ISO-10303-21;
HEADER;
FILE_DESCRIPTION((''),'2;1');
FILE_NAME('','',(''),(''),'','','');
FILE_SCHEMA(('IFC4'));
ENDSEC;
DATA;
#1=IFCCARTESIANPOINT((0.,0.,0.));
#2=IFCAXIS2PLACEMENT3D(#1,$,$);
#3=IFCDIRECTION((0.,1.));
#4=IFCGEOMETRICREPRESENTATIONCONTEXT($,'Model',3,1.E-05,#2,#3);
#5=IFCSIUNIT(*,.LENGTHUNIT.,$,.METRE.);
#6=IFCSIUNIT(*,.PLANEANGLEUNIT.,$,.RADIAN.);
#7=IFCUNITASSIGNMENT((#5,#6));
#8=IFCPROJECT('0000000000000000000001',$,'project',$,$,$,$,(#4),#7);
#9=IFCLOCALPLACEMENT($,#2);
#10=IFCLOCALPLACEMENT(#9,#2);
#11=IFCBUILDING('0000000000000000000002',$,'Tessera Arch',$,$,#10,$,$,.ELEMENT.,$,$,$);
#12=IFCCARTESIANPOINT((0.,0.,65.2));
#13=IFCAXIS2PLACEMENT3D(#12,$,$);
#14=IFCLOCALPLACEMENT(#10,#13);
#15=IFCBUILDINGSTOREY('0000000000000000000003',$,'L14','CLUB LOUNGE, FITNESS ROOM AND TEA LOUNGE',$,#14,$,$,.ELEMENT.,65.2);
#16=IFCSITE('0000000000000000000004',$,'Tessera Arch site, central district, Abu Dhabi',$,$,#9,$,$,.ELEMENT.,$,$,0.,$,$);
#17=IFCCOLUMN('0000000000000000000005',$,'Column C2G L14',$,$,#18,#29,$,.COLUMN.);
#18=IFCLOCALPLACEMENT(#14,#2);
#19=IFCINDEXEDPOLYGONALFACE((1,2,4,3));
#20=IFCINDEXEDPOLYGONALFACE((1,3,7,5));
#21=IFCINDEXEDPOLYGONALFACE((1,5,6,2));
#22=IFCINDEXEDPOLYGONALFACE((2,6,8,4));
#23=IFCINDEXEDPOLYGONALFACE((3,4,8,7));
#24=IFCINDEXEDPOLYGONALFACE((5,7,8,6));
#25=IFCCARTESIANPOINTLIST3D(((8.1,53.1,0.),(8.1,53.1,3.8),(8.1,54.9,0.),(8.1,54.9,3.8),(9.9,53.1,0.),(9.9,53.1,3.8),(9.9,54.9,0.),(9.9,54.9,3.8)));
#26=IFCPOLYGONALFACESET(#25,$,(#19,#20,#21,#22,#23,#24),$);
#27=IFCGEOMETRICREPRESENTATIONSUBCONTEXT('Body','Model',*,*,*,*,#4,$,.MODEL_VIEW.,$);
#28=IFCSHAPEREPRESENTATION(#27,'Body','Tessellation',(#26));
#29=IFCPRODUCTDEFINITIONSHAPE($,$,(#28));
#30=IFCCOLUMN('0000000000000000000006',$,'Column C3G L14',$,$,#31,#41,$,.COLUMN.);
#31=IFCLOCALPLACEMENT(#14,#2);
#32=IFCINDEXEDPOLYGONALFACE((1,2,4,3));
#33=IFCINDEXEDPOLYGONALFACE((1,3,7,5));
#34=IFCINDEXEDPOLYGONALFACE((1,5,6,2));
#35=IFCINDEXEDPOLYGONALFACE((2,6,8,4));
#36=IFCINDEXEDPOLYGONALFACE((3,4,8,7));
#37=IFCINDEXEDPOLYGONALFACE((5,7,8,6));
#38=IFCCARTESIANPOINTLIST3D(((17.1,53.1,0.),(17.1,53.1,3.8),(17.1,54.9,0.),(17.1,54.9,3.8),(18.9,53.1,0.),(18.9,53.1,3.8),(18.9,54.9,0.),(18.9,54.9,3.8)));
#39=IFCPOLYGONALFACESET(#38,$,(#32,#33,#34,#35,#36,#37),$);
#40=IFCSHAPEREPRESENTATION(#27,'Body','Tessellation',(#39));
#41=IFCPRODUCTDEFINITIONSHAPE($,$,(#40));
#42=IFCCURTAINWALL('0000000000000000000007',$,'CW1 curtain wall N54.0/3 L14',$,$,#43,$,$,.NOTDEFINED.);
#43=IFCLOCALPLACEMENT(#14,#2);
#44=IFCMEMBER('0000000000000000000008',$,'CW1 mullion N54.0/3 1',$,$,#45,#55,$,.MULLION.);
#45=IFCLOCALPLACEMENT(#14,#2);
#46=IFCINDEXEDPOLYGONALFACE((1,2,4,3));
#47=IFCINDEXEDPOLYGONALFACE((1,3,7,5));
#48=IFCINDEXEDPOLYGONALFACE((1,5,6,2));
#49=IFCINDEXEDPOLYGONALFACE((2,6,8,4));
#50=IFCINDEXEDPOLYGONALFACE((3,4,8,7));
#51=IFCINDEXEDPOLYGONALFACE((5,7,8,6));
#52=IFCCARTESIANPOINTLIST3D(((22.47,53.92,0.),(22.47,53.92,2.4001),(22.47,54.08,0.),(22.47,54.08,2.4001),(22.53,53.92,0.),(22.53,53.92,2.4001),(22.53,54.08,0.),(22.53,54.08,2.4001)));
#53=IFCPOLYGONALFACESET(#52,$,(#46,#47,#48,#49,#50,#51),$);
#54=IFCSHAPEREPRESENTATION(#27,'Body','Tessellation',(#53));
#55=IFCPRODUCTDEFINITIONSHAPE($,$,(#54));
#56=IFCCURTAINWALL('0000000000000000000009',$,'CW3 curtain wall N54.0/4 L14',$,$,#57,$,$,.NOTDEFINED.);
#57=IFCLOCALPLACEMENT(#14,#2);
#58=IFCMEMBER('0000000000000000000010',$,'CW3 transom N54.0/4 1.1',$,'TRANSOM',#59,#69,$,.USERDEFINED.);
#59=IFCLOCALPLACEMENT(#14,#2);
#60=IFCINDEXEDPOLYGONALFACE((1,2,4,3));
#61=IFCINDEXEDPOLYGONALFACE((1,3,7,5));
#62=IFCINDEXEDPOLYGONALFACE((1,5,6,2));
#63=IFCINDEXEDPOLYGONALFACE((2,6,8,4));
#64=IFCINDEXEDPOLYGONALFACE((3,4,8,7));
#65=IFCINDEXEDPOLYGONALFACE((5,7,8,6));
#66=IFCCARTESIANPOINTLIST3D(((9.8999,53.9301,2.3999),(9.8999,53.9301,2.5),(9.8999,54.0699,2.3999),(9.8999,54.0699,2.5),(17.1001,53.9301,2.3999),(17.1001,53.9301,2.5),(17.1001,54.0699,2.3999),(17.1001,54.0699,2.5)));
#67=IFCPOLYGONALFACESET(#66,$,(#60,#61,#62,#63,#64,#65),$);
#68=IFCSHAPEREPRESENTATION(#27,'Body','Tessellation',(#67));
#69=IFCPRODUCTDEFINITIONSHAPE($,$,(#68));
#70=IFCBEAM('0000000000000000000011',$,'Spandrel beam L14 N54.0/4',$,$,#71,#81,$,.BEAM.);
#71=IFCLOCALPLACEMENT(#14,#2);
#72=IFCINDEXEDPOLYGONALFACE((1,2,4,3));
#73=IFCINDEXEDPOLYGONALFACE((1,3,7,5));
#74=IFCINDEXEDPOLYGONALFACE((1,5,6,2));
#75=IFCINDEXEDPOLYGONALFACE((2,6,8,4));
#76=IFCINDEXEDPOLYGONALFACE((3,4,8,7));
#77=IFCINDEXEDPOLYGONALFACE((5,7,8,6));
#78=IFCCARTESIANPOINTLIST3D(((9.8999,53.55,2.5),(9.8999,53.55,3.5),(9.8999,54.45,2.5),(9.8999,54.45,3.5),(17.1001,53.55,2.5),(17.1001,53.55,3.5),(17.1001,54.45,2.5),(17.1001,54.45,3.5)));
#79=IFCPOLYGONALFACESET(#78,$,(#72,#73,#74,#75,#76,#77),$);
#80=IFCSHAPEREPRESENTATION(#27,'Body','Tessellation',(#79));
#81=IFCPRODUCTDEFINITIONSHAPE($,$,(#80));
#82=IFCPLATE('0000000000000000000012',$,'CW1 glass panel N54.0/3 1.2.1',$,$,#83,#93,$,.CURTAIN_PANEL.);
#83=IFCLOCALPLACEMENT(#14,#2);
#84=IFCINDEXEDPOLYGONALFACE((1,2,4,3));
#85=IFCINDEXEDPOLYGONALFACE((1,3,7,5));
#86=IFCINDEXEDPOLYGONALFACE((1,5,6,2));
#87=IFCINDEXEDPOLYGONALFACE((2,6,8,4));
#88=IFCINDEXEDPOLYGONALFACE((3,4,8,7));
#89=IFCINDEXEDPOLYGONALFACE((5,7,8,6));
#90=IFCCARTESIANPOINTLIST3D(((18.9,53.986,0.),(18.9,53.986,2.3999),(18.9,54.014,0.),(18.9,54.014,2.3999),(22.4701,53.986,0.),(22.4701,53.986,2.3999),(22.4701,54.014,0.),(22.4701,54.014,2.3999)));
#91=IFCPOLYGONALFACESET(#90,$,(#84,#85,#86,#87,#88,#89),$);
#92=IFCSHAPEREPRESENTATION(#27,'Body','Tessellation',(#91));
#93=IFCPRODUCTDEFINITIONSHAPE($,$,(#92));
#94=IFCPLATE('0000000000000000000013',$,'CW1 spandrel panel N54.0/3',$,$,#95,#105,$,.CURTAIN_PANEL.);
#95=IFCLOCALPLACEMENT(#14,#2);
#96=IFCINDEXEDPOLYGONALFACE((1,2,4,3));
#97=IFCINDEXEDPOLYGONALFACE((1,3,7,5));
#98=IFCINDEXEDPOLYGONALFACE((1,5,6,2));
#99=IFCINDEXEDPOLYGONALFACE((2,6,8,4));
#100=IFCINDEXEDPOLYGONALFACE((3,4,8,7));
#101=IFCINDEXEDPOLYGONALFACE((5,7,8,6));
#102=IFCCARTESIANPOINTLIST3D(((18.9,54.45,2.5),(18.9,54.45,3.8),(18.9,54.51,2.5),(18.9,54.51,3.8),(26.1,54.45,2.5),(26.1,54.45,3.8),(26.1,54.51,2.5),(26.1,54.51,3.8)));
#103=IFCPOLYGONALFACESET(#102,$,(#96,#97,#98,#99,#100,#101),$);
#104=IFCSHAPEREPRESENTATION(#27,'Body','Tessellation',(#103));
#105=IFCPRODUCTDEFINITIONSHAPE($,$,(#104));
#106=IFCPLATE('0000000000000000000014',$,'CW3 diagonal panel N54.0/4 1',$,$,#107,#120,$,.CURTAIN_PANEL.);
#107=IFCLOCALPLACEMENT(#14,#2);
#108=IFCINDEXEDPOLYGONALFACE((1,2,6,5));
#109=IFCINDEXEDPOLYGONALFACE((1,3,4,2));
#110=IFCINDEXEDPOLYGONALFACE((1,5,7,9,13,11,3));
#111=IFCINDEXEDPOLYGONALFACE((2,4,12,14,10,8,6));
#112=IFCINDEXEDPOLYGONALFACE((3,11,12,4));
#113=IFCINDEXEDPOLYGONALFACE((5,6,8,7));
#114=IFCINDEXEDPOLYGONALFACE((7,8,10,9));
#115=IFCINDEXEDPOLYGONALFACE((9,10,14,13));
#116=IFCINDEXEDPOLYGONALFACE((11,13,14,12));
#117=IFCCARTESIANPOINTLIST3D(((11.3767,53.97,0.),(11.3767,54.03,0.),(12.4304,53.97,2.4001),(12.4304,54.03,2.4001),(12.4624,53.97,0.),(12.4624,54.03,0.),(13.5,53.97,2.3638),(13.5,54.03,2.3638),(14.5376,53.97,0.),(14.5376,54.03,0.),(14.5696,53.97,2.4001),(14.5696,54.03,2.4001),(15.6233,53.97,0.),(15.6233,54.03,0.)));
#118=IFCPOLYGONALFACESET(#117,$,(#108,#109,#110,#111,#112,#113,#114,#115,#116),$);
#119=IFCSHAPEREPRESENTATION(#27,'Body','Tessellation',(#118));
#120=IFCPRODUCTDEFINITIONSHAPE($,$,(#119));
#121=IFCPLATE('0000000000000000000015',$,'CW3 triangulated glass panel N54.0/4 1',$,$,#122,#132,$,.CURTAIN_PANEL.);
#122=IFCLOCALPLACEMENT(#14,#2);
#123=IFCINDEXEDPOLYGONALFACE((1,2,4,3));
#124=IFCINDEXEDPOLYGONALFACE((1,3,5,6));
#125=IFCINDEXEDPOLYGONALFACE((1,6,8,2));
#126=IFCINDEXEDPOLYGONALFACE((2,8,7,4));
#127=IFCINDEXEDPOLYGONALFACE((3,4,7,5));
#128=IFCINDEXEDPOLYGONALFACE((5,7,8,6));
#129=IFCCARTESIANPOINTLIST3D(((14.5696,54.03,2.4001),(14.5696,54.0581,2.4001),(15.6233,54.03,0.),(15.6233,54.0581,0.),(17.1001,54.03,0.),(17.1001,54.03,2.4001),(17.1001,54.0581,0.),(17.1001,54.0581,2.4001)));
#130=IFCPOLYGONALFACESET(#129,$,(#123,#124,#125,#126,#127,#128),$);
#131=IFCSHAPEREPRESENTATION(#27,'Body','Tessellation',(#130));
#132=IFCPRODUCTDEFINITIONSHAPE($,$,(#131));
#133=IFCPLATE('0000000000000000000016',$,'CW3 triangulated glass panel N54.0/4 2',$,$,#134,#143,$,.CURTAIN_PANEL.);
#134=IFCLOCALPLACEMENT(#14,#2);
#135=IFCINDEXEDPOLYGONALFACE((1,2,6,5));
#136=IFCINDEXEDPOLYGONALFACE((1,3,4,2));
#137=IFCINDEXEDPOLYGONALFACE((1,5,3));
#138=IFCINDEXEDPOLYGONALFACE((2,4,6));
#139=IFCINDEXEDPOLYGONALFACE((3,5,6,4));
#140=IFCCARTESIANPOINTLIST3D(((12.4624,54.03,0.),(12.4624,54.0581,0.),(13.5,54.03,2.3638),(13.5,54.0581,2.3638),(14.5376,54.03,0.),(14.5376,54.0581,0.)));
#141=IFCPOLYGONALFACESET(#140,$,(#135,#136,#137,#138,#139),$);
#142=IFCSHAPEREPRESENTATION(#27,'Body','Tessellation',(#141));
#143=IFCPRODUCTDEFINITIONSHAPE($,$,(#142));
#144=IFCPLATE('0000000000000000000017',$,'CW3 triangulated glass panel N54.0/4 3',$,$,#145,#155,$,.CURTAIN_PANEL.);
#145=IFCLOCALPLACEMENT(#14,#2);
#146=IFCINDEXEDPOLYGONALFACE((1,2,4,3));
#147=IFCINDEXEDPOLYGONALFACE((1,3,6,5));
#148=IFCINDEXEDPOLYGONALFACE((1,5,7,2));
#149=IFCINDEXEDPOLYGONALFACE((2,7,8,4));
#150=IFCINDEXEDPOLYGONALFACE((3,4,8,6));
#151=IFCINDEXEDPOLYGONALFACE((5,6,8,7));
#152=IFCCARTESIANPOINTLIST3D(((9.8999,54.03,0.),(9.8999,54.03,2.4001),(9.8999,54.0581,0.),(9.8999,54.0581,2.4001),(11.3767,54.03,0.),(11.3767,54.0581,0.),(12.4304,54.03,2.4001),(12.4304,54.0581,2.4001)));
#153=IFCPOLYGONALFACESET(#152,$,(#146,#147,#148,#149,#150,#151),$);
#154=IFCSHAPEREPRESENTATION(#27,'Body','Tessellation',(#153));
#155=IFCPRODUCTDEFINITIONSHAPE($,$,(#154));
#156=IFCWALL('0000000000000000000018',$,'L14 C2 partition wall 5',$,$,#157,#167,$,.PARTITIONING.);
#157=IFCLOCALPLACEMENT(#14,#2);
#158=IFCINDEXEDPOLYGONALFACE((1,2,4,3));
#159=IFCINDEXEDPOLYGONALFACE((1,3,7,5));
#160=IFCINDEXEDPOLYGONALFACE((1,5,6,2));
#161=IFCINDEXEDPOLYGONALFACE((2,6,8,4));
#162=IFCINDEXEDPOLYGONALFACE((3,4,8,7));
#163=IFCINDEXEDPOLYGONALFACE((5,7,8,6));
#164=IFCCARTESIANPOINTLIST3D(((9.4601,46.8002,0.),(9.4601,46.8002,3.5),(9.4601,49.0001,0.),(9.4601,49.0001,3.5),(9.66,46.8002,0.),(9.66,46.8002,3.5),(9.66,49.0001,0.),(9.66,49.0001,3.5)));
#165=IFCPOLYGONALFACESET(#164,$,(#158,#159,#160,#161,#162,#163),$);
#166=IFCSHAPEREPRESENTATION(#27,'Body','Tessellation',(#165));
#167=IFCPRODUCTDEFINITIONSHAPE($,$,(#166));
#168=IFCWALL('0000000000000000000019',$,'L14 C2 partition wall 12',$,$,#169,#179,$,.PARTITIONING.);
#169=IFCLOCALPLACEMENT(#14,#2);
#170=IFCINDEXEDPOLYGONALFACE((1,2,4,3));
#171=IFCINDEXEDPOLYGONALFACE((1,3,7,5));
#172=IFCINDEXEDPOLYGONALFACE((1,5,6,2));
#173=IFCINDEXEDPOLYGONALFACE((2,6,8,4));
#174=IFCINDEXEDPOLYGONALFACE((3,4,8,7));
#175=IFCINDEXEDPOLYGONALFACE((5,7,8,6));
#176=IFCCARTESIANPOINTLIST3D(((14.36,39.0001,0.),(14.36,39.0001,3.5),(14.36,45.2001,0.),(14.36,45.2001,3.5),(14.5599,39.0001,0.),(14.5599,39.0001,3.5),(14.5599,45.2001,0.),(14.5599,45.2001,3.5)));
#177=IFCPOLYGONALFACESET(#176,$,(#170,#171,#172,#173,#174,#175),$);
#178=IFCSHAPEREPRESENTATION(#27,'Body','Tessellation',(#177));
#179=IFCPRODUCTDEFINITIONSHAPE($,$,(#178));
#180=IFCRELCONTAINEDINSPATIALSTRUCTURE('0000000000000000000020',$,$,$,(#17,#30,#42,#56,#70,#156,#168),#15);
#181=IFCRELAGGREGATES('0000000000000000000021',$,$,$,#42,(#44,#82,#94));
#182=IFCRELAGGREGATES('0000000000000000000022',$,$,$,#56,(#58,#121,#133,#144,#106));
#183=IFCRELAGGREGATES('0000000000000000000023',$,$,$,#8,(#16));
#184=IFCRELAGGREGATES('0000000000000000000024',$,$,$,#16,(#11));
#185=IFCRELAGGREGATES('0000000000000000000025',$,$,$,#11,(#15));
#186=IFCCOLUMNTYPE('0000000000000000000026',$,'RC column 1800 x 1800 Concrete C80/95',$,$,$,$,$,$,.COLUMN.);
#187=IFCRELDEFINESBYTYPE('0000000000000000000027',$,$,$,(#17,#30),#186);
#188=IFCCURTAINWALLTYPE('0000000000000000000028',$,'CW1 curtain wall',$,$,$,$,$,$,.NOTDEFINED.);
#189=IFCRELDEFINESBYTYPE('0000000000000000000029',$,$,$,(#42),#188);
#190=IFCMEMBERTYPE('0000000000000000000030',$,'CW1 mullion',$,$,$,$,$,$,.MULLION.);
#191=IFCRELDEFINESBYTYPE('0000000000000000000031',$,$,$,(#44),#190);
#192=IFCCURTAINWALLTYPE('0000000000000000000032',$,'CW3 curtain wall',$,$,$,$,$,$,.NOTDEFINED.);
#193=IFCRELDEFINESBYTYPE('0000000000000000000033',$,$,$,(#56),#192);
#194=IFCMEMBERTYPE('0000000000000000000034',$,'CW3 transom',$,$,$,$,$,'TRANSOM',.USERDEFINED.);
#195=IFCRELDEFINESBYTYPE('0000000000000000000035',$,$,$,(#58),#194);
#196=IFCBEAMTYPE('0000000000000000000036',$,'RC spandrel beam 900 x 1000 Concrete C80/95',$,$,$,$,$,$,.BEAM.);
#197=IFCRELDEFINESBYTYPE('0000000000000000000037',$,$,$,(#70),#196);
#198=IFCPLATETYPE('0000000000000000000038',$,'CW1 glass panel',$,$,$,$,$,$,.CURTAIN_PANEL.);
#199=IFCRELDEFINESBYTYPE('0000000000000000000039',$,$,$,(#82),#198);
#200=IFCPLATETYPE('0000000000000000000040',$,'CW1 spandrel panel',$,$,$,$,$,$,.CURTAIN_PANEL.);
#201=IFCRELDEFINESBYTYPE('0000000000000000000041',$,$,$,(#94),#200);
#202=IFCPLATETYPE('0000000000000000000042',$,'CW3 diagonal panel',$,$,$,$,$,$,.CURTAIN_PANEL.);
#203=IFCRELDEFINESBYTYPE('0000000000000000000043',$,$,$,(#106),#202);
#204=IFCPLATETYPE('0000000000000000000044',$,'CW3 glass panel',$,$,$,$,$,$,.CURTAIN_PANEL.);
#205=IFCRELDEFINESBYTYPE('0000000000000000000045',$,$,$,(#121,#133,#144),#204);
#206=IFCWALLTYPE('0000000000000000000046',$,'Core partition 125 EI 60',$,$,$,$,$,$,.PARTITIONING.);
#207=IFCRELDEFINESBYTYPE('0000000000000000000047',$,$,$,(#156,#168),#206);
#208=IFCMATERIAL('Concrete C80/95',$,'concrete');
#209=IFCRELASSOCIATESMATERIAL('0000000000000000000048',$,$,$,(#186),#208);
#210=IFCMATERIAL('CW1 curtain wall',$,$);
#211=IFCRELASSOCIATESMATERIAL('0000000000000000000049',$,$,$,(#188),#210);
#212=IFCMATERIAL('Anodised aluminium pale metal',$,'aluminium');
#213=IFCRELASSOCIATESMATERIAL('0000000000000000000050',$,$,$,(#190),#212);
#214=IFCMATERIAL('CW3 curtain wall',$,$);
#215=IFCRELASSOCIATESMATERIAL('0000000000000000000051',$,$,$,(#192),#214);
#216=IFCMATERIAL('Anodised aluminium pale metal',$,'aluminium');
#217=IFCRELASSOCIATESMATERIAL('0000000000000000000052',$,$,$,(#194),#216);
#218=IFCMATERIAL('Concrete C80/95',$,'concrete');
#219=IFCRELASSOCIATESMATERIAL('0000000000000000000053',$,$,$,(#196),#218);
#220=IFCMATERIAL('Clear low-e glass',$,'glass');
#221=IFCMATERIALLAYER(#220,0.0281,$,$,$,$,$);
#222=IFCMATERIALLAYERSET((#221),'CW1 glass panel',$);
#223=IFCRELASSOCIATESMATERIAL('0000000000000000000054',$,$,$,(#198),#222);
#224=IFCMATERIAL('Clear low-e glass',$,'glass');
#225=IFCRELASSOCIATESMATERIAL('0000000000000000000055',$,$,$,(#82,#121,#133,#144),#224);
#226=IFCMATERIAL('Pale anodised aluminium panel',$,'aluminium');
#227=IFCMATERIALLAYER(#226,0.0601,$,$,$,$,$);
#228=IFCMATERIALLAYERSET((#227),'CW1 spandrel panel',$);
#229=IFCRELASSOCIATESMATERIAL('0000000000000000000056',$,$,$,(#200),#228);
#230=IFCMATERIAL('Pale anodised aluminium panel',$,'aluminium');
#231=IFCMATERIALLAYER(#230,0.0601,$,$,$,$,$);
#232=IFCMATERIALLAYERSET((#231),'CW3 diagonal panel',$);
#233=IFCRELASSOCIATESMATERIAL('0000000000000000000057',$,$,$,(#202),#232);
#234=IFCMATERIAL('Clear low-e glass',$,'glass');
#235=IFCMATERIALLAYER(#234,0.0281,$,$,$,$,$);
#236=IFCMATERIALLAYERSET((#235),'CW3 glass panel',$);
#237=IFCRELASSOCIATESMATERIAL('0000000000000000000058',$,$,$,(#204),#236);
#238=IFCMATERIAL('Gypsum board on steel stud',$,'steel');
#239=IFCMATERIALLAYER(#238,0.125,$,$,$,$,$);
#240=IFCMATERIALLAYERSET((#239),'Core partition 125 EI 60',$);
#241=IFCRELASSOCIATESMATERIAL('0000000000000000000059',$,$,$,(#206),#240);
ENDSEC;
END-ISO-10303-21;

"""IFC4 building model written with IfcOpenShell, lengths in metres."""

from ifc_helpers import new_model, si_unit, direction, frame, frame_2d, origin, origin_2d, place, context, subcontext, project, spatial, polyline, rectangle, outline, extrude, material, layer, layer_set, material_profile, profile_set, type_object, element, aggregate, save


model = new_model("IFC4")

# Units and contexts
model_context = context("Model", 3, precision=1e-05, world=origin(), true_north=direction((0.0, 1.0)))
body_context = subcontext(model_context, "Body", "Model", "MODEL_VIEW")
ifc_project = project(units=[si_unit("LENGTHUNIT", "METRE"), si_unit("PLANEANGLEUNIT", "RADIAN")], contexts=[model_context])

# Site, building, storey
site_placement = place(None, origin())
site = spatial("IfcSite", under=ifc_project, at=site_placement, Name="Tessera Arch site, central district, Abu Dhabi", CompositionType="ELEMENT", RefElevation=0.0)
building_placement = place(site_placement, origin())
building = spatial("IfcBuilding", under=site, at=building_placement, Name="Tessera Arch", CompositionType="ELEMENT")
storey_placement = place(building_placement, frame((0.0, 0.0, 65.2)))
storey = spatial("IfcBuildingStorey", under=building, at=storey_placement, Name="L14", Description="CLUB LOUNGE, FITNESS ROOM AND TEA LOUNGE", CompositionType="ELEMENT", Elevation=65.2)

# Columns
ifc_material_1 = material(Name="Concrete C80/95", Category="concrete")
ifc_material_profile_1 = material_profile(ifc_material_1, rectangle(XDim=1.8, YDim=1.8, at=origin_2d()), Name="RC column 1800 x 1800 Concrete C80/95")
ifc_profile_set_1 = profile_set([ifc_material_profile_1], Name="Concrete C80/95")
column_type = type_object("IfcColumnType", Name="RC column 1800 x 1800 Concrete C80/95", PredefinedType="COLUMN", material=ifc_profile_set_1)
for number, where, z_axis, x_axis, name in (
    (1, (9.0, 54.0, 0.0), (0.0, 0.0, 1.0), (1.0, 0.0, 0.0), "Column C2G L14"),
    (2, (18.0, 54.0, 0.0), (0.0, 0.0, 1.0), (1.0, 0.0, 0.0), "Column C3G L14"),
):
    element("IfcColumn", number, at=place(storey_placement, frame(where, z_axis=z_axis, x_axis=x_axis)), inside=storey, type_object=column_type, Name=name, PredefinedType="COLUMN", context=body_context, shape_type="SweptSolid", body=[
        extrude(rectangle(XDim=1.8, YDim=1.8, at=origin_2d()), origin(), (0.0, 0.0, 1.0), 3.8),
    ])

# Curtain walls, members
ifc_material_2 = material(Name="CW1 curtain wall")
curtain_wall_type_1 = type_object("IfcCurtainWallType", Name="CW1 curtain wall", PredefinedType="NOTDEFINED", material=ifc_material_2)
curtain_wall_1_placement = place(storey_placement, origin())
curtain_wall_1 = element("IfcCurtainWall", 3, at=curtain_wall_1_placement, inside=storey, type_object=curtain_wall_type_1, Name="CW1 curtain wall N54.0/3 L14", PredefinedType="NOTDEFINED")
ifc_material_3 = material(Name="Anodised aluminium pale metal", Category="aluminium")
ifc_material_profile_2 = material_profile(ifc_material_3, rectangle(XDim=0.1599, YDim=0.0601, at=origin_2d()), Name="AL 60x160")
ifc_profile_set_2 = profile_set([ifc_material_profile_2], Name="Anodised aluminium pale metal")
member_type_1 = type_object("IfcMemberType", Name="CW1 mullion", PredefinedType="MULLION", material=ifc_profile_set_2)
member_1_placement = place(storey_placement, frame((22.5, 54.0, 0.0), z_axis=(0.0, 0.0, 1.0), x_axis=(0.0, -1.0, 0.0)))
member_1 = element("IfcMember", 4, at=member_1_placement, type_object=member_type_1, Name="CW1 mullion N54.0/3 1", PredefinedType="MULLION", context=body_context, shape_type="SweptSolid", body=[
    extrude(rectangle(XDim=0.1599, YDim=0.0601, at=origin_2d()), origin(), (0.0, 0.0, 1.0), 2.4001),
])
ifc_material_4 = material(Name="CW3 curtain wall")
curtain_wall_type_2 = type_object("IfcCurtainWallType", Name="CW3 curtain wall", PredefinedType="NOTDEFINED", material=ifc_material_4)
curtain_wall_2_placement = place(storey_placement, origin())
curtain_wall_2 = element("IfcCurtainWall", 5, at=curtain_wall_2_placement, inside=storey, type_object=curtain_wall_type_2, Name="CW3 curtain wall N54.0/4 L14", PredefinedType="NOTDEFINED")
ifc_material_5 = material(Name="Anodised aluminium pale metal", Category="aluminium")
ifc_material_profile_3 = material_profile(ifc_material_5, rectangle(XDim=0.1399, YDim=0.1001, at=origin_2d()), Name="AL 140x100")
ifc_profile_set_3 = profile_set([ifc_material_profile_3], Name="Anodised aluminium pale metal")
member_type_2 = type_object("IfcMemberType", Name="CW3 transom", ElementType="TRANSOM", PredefinedType="USERDEFINED", material=ifc_profile_set_3)
member_2_placement = place(storey_placement, frame((17.1001, 54.0, 2.45), z_axis=(-1.0, 0.0, 0.0), x_axis=(0.0, -1.0, 0.0)))
member_2 = element("IfcMember", 6, at=member_2_placement, type_object=member_type_2, Name="CW3 transom N54.0/4 1.1", ObjectType="TRANSOM", PredefinedType="USERDEFINED", context=body_context, shape_type="SweptSolid", body=[
    extrude(rectangle(XDim=0.1399, YDim=0.1001, at=origin_2d()), origin(), (0.0, 0.0, 1.0), 7.2002),
])

# Beam
ifc_material_6 = material(Name="Concrete C80/95", Category="concrete")
ifc_material_profile_4 = material_profile(ifc_material_6, rectangle(XDim=0.8999, YDim=1.0, at=origin_2d()), Name="RC spandrel beam 900 x 1000 Concrete C80/95")
ifc_profile_set_4 = profile_set([ifc_material_profile_4], Name="Concrete C80/95")
beam_type = type_object("IfcBeamType", Name="RC spandrel beam 900 x 1000 Concrete C80/95", PredefinedType="BEAM", material=ifc_profile_set_4)
beam_placement = place(storey_placement, frame((17.1001, 54.0, 3.0), z_axis=(-1.0, 0.0, 0.0), x_axis=(0.0, -1.0, 0.0)))
element("IfcBeam", 7, at=beam_placement, inside=storey, type_object=beam_type, Name="Spandrel beam L14 N54.0/4", PredefinedType="BEAM", context=body_context, shape_type="SweptSolid", body=[
    extrude(rectangle(XDim=0.8999, YDim=1.0, at=origin_2d()), origin(), (0.0, 0.0, 1.0), 7.2002),
])

# Plates
ifc_material_7 = material(Name="Clear low-e glass", Category="glass")
ifc_material_8 = material(Name="Clear low-e glass", Category="glass")
ifc_layer_1 = layer(ifc_material_8, 0.0281)
ifc_layer_set_1 = layer_set([ifc_layer_1], Name="CW1 glass panel")
plate_type_1 = type_object("IfcPlateType", Name="CW1 glass panel", PredefinedType="CURTAIN_PANEL", material=ifc_layer_set_1)
plate_1_placement = place(storey_placement, frame((20.6851, 54.0, 0.0), z_axis=(0.0, 0.0, 1.0), x_axis=(-1.0, 0.0, 0.0)))
plate_1 = element("IfcPlate", 8, at=plate_1_placement, type_object=plate_type_1, material=ifc_material_7, Name="CW1 glass panel N54.0/3 1.2.1", PredefinedType="CURTAIN_PANEL", context=body_context, shape_type="SweptSolid", body=[
    extrude(rectangle(XDim=3.5701, YDim=0.0281, at=origin_2d()), origin(), (0.0, 0.0, 1.0), 2.3999),
])
ifc_material_9 = material(Name="Pale anodised aluminium panel", Category="aluminium")
ifc_layer_2 = layer(ifc_material_9, 0.0601)
ifc_layer_set_2 = layer_set([ifc_layer_2], Name="CW1 spandrel panel")
plate_type_2 = type_object("IfcPlateType", Name="CW1 spandrel panel", PredefinedType="CURTAIN_PANEL", material=ifc_layer_set_2)
plate_2_placement = place(storey_placement, frame((22.5, 54.48, 2.5), z_axis=(0.0, 0.0, 1.0), x_axis=(-1.0, 0.0, 0.0)))
plate_2 = element("IfcPlate", 9, at=plate_2_placement, type_object=plate_type_2, Name="CW1 spandrel panel N54.0/3", PredefinedType="CURTAIN_PANEL", context=body_context, shape_type="SweptSolid", body=[
    extrude(rectangle(XDim=7.2, YDim=0.0601, at=origin_2d()), origin(), (0.0, 0.0, 1.0), 1.3),
])
aggregate(curtain_wall_1, [member_1, plate_1, plate_2])
ifc_material_10 = material(Name="Pale anodised aluminium panel", Category="aluminium")
ifc_layer_3 = layer(ifc_material_10, 0.0601)
ifc_layer_set_3 = layer_set([ifc_layer_3], Name="CW3 diagonal panel")
plate_type_3 = type_object("IfcPlateType", Name="CW3 diagonal panel", PredefinedType="CURTAIN_PANEL", material=ifc_layer_set_3)
plate_3_placement = place(storey_placement, frame((12.4304, 54.03, 2.4001), z_axis=(0.0, 1.0, 0.0), x_axis=(1.0, 0.0, 0.0)))
plate_3 = element("IfcPlate", 10, at=plate_3_placement, type_object=plate_type_3, Name="CW3 diagonal panel N54.0/4 1", PredefinedType="CURTAIN_PANEL", context=body_context, shape_type="SweptSolid", body=[
    extrude(outline(polyline([(0.0, 0.0), (2.1392, 0.0), (3.1929, 2.4001), (2.1072, 2.4001), (1.0696, 0.0364), (0.032, 2.4001), (-1.0537, 2.4001), (0.0, 0.0)])), origin(), (0.0, 0.0, -1.0), 0.0601),
])
ifc_material_11 = material(Name="Clear low-e glass", Category="glass")
ifc_layer_4 = layer(ifc_material_11, 0.0281)
ifc_layer_set_4 = layer_set([ifc_layer_4], Name="CW3 glass panel")
plate_type_4 = type_object("IfcPlateType", Name="CW3 glass panel", PredefinedType="CURTAIN_PANEL", material=ifc_layer_set_4)
plate_4_placement = place(storey_placement, frame((17.1001, 54.0581, 0.0), z_axis=(0.0, 1.0, 0.0), x_axis=(-1.0, 0.0, 0.0)))
plate_4 = element("IfcPlate", 11, at=plate_4_placement, type_object=plate_type_4, material=ifc_material_7, Name="CW3 triangulated glass panel N54.0/4 1", PredefinedType="CURTAIN_PANEL", context=body_context, shape_type="SweptSolid", body=[
    extrude(outline(polyline([(0.0, 0.0), (1.4768, 0.0), (2.5305, 2.4001), (0.0, 2.4001), (0.0, 0.0)])), origin(), (0.0, 0.0, -1.0), 0.0281),
])
plate_5_placement = place(storey_placement, frame((14.5376, 54.0581, 0.0), z_axis=(0.0, 1.0, 0.0), x_axis=(-1.0, 0.0, 0.0)))
plate_5 = element("IfcPlate", 12, at=plate_5_placement, type_object=plate_type_4, material=ifc_material_7, Name="CW3 triangulated glass panel N54.0/4 2", PredefinedType="CURTAIN_PANEL", context=body_context, shape_type="SweptSolid", body=[
    extrude(outline(polyline([(0.0, 0.0), (2.0752, 0.0), (1.0376, 2.3638), (0.0, 0.0)])), origin(), (0.0, 0.0, -1.0), 0.0281),
])
plate_6_placement = place(storey_placement, frame((9.8999, 54.0581, 2.4001), z_axis=(0.0, 1.0, 0.0), x_axis=(1.0, 0.0, 0.0)))
plate_6 = element("IfcPlate", 13, at=plate_6_placement, type_object=plate_type_4, material=ifc_material_7, Name="CW3 triangulated glass panel N54.0/4 3", PredefinedType="CURTAIN_PANEL", context=body_context, shape_type="SweptSolid", body=[
    extrude(outline(polyline([(0.0, 0.0), (2.5305, 0.0), (1.4768, 2.4001), (0.0, 2.4001), (0.0, 0.0)])), origin(), (0.0, 0.0, -1.0), 0.0281),
])
aggregate(curtain_wall_2, [member_2, plate_4, plate_5, plate_6, plate_3])

# Walls
ifc_material_12 = material(Name="Gypsum board on steel stud", Category="steel")
ifc_layer_5 = layer(ifc_material_12, 0.125)
ifc_layer_set_5 = layer_set([ifc_layer_5], Name="Core partition 125 EI 60")
wall_type_1 = type_object("IfcWallType", Name="Core partition 125 EI 60", PredefinedType="PARTITIONING", material=ifc_layer_set_5)
wall_1_placement = place(storey_placement, frame((9.5601, 46.8, 0.0), z_axis=(0.0, 0.0, 1.0), x_axis=(0.0, 1.0, 0.0)))
element("IfcWall", 14, at=wall_1_placement, inside=storey, type_object=wall_type_1, Name="L14 C2 partition wall 5", PredefinedType="PARTITIONING", context=body_context, shape_type="SweptSolid", body=[
    extrude(rectangle(XDim=2.2, YDim=0.2, at=frame_2d((1.1001, 0.0))), origin(), (0.0, 0.0, 1.0), 3.5),
])
wall_2_placement = place(storey_placement, frame((14.46, 39.0, 0.0), z_axis=(0.0, 0.0, 1.0), x_axis=(0.0, 1.0, 0.0)))
element("IfcWall", 15, at=wall_2_placement, inside=storey, type_object=wall_type_1, Name="L14 C2 partition wall 12", PredefinedType="PARTITIONING", context=body_context, shape_type="SweptSolid", body=[
    extrude(rectangle(XDim=6.2, YDim=0.2, at=frame_2d((3.1001, 0.0))), origin(), (0.0, 0.0, 1.0), 3.5),
])

save(model, "model.ifc")
